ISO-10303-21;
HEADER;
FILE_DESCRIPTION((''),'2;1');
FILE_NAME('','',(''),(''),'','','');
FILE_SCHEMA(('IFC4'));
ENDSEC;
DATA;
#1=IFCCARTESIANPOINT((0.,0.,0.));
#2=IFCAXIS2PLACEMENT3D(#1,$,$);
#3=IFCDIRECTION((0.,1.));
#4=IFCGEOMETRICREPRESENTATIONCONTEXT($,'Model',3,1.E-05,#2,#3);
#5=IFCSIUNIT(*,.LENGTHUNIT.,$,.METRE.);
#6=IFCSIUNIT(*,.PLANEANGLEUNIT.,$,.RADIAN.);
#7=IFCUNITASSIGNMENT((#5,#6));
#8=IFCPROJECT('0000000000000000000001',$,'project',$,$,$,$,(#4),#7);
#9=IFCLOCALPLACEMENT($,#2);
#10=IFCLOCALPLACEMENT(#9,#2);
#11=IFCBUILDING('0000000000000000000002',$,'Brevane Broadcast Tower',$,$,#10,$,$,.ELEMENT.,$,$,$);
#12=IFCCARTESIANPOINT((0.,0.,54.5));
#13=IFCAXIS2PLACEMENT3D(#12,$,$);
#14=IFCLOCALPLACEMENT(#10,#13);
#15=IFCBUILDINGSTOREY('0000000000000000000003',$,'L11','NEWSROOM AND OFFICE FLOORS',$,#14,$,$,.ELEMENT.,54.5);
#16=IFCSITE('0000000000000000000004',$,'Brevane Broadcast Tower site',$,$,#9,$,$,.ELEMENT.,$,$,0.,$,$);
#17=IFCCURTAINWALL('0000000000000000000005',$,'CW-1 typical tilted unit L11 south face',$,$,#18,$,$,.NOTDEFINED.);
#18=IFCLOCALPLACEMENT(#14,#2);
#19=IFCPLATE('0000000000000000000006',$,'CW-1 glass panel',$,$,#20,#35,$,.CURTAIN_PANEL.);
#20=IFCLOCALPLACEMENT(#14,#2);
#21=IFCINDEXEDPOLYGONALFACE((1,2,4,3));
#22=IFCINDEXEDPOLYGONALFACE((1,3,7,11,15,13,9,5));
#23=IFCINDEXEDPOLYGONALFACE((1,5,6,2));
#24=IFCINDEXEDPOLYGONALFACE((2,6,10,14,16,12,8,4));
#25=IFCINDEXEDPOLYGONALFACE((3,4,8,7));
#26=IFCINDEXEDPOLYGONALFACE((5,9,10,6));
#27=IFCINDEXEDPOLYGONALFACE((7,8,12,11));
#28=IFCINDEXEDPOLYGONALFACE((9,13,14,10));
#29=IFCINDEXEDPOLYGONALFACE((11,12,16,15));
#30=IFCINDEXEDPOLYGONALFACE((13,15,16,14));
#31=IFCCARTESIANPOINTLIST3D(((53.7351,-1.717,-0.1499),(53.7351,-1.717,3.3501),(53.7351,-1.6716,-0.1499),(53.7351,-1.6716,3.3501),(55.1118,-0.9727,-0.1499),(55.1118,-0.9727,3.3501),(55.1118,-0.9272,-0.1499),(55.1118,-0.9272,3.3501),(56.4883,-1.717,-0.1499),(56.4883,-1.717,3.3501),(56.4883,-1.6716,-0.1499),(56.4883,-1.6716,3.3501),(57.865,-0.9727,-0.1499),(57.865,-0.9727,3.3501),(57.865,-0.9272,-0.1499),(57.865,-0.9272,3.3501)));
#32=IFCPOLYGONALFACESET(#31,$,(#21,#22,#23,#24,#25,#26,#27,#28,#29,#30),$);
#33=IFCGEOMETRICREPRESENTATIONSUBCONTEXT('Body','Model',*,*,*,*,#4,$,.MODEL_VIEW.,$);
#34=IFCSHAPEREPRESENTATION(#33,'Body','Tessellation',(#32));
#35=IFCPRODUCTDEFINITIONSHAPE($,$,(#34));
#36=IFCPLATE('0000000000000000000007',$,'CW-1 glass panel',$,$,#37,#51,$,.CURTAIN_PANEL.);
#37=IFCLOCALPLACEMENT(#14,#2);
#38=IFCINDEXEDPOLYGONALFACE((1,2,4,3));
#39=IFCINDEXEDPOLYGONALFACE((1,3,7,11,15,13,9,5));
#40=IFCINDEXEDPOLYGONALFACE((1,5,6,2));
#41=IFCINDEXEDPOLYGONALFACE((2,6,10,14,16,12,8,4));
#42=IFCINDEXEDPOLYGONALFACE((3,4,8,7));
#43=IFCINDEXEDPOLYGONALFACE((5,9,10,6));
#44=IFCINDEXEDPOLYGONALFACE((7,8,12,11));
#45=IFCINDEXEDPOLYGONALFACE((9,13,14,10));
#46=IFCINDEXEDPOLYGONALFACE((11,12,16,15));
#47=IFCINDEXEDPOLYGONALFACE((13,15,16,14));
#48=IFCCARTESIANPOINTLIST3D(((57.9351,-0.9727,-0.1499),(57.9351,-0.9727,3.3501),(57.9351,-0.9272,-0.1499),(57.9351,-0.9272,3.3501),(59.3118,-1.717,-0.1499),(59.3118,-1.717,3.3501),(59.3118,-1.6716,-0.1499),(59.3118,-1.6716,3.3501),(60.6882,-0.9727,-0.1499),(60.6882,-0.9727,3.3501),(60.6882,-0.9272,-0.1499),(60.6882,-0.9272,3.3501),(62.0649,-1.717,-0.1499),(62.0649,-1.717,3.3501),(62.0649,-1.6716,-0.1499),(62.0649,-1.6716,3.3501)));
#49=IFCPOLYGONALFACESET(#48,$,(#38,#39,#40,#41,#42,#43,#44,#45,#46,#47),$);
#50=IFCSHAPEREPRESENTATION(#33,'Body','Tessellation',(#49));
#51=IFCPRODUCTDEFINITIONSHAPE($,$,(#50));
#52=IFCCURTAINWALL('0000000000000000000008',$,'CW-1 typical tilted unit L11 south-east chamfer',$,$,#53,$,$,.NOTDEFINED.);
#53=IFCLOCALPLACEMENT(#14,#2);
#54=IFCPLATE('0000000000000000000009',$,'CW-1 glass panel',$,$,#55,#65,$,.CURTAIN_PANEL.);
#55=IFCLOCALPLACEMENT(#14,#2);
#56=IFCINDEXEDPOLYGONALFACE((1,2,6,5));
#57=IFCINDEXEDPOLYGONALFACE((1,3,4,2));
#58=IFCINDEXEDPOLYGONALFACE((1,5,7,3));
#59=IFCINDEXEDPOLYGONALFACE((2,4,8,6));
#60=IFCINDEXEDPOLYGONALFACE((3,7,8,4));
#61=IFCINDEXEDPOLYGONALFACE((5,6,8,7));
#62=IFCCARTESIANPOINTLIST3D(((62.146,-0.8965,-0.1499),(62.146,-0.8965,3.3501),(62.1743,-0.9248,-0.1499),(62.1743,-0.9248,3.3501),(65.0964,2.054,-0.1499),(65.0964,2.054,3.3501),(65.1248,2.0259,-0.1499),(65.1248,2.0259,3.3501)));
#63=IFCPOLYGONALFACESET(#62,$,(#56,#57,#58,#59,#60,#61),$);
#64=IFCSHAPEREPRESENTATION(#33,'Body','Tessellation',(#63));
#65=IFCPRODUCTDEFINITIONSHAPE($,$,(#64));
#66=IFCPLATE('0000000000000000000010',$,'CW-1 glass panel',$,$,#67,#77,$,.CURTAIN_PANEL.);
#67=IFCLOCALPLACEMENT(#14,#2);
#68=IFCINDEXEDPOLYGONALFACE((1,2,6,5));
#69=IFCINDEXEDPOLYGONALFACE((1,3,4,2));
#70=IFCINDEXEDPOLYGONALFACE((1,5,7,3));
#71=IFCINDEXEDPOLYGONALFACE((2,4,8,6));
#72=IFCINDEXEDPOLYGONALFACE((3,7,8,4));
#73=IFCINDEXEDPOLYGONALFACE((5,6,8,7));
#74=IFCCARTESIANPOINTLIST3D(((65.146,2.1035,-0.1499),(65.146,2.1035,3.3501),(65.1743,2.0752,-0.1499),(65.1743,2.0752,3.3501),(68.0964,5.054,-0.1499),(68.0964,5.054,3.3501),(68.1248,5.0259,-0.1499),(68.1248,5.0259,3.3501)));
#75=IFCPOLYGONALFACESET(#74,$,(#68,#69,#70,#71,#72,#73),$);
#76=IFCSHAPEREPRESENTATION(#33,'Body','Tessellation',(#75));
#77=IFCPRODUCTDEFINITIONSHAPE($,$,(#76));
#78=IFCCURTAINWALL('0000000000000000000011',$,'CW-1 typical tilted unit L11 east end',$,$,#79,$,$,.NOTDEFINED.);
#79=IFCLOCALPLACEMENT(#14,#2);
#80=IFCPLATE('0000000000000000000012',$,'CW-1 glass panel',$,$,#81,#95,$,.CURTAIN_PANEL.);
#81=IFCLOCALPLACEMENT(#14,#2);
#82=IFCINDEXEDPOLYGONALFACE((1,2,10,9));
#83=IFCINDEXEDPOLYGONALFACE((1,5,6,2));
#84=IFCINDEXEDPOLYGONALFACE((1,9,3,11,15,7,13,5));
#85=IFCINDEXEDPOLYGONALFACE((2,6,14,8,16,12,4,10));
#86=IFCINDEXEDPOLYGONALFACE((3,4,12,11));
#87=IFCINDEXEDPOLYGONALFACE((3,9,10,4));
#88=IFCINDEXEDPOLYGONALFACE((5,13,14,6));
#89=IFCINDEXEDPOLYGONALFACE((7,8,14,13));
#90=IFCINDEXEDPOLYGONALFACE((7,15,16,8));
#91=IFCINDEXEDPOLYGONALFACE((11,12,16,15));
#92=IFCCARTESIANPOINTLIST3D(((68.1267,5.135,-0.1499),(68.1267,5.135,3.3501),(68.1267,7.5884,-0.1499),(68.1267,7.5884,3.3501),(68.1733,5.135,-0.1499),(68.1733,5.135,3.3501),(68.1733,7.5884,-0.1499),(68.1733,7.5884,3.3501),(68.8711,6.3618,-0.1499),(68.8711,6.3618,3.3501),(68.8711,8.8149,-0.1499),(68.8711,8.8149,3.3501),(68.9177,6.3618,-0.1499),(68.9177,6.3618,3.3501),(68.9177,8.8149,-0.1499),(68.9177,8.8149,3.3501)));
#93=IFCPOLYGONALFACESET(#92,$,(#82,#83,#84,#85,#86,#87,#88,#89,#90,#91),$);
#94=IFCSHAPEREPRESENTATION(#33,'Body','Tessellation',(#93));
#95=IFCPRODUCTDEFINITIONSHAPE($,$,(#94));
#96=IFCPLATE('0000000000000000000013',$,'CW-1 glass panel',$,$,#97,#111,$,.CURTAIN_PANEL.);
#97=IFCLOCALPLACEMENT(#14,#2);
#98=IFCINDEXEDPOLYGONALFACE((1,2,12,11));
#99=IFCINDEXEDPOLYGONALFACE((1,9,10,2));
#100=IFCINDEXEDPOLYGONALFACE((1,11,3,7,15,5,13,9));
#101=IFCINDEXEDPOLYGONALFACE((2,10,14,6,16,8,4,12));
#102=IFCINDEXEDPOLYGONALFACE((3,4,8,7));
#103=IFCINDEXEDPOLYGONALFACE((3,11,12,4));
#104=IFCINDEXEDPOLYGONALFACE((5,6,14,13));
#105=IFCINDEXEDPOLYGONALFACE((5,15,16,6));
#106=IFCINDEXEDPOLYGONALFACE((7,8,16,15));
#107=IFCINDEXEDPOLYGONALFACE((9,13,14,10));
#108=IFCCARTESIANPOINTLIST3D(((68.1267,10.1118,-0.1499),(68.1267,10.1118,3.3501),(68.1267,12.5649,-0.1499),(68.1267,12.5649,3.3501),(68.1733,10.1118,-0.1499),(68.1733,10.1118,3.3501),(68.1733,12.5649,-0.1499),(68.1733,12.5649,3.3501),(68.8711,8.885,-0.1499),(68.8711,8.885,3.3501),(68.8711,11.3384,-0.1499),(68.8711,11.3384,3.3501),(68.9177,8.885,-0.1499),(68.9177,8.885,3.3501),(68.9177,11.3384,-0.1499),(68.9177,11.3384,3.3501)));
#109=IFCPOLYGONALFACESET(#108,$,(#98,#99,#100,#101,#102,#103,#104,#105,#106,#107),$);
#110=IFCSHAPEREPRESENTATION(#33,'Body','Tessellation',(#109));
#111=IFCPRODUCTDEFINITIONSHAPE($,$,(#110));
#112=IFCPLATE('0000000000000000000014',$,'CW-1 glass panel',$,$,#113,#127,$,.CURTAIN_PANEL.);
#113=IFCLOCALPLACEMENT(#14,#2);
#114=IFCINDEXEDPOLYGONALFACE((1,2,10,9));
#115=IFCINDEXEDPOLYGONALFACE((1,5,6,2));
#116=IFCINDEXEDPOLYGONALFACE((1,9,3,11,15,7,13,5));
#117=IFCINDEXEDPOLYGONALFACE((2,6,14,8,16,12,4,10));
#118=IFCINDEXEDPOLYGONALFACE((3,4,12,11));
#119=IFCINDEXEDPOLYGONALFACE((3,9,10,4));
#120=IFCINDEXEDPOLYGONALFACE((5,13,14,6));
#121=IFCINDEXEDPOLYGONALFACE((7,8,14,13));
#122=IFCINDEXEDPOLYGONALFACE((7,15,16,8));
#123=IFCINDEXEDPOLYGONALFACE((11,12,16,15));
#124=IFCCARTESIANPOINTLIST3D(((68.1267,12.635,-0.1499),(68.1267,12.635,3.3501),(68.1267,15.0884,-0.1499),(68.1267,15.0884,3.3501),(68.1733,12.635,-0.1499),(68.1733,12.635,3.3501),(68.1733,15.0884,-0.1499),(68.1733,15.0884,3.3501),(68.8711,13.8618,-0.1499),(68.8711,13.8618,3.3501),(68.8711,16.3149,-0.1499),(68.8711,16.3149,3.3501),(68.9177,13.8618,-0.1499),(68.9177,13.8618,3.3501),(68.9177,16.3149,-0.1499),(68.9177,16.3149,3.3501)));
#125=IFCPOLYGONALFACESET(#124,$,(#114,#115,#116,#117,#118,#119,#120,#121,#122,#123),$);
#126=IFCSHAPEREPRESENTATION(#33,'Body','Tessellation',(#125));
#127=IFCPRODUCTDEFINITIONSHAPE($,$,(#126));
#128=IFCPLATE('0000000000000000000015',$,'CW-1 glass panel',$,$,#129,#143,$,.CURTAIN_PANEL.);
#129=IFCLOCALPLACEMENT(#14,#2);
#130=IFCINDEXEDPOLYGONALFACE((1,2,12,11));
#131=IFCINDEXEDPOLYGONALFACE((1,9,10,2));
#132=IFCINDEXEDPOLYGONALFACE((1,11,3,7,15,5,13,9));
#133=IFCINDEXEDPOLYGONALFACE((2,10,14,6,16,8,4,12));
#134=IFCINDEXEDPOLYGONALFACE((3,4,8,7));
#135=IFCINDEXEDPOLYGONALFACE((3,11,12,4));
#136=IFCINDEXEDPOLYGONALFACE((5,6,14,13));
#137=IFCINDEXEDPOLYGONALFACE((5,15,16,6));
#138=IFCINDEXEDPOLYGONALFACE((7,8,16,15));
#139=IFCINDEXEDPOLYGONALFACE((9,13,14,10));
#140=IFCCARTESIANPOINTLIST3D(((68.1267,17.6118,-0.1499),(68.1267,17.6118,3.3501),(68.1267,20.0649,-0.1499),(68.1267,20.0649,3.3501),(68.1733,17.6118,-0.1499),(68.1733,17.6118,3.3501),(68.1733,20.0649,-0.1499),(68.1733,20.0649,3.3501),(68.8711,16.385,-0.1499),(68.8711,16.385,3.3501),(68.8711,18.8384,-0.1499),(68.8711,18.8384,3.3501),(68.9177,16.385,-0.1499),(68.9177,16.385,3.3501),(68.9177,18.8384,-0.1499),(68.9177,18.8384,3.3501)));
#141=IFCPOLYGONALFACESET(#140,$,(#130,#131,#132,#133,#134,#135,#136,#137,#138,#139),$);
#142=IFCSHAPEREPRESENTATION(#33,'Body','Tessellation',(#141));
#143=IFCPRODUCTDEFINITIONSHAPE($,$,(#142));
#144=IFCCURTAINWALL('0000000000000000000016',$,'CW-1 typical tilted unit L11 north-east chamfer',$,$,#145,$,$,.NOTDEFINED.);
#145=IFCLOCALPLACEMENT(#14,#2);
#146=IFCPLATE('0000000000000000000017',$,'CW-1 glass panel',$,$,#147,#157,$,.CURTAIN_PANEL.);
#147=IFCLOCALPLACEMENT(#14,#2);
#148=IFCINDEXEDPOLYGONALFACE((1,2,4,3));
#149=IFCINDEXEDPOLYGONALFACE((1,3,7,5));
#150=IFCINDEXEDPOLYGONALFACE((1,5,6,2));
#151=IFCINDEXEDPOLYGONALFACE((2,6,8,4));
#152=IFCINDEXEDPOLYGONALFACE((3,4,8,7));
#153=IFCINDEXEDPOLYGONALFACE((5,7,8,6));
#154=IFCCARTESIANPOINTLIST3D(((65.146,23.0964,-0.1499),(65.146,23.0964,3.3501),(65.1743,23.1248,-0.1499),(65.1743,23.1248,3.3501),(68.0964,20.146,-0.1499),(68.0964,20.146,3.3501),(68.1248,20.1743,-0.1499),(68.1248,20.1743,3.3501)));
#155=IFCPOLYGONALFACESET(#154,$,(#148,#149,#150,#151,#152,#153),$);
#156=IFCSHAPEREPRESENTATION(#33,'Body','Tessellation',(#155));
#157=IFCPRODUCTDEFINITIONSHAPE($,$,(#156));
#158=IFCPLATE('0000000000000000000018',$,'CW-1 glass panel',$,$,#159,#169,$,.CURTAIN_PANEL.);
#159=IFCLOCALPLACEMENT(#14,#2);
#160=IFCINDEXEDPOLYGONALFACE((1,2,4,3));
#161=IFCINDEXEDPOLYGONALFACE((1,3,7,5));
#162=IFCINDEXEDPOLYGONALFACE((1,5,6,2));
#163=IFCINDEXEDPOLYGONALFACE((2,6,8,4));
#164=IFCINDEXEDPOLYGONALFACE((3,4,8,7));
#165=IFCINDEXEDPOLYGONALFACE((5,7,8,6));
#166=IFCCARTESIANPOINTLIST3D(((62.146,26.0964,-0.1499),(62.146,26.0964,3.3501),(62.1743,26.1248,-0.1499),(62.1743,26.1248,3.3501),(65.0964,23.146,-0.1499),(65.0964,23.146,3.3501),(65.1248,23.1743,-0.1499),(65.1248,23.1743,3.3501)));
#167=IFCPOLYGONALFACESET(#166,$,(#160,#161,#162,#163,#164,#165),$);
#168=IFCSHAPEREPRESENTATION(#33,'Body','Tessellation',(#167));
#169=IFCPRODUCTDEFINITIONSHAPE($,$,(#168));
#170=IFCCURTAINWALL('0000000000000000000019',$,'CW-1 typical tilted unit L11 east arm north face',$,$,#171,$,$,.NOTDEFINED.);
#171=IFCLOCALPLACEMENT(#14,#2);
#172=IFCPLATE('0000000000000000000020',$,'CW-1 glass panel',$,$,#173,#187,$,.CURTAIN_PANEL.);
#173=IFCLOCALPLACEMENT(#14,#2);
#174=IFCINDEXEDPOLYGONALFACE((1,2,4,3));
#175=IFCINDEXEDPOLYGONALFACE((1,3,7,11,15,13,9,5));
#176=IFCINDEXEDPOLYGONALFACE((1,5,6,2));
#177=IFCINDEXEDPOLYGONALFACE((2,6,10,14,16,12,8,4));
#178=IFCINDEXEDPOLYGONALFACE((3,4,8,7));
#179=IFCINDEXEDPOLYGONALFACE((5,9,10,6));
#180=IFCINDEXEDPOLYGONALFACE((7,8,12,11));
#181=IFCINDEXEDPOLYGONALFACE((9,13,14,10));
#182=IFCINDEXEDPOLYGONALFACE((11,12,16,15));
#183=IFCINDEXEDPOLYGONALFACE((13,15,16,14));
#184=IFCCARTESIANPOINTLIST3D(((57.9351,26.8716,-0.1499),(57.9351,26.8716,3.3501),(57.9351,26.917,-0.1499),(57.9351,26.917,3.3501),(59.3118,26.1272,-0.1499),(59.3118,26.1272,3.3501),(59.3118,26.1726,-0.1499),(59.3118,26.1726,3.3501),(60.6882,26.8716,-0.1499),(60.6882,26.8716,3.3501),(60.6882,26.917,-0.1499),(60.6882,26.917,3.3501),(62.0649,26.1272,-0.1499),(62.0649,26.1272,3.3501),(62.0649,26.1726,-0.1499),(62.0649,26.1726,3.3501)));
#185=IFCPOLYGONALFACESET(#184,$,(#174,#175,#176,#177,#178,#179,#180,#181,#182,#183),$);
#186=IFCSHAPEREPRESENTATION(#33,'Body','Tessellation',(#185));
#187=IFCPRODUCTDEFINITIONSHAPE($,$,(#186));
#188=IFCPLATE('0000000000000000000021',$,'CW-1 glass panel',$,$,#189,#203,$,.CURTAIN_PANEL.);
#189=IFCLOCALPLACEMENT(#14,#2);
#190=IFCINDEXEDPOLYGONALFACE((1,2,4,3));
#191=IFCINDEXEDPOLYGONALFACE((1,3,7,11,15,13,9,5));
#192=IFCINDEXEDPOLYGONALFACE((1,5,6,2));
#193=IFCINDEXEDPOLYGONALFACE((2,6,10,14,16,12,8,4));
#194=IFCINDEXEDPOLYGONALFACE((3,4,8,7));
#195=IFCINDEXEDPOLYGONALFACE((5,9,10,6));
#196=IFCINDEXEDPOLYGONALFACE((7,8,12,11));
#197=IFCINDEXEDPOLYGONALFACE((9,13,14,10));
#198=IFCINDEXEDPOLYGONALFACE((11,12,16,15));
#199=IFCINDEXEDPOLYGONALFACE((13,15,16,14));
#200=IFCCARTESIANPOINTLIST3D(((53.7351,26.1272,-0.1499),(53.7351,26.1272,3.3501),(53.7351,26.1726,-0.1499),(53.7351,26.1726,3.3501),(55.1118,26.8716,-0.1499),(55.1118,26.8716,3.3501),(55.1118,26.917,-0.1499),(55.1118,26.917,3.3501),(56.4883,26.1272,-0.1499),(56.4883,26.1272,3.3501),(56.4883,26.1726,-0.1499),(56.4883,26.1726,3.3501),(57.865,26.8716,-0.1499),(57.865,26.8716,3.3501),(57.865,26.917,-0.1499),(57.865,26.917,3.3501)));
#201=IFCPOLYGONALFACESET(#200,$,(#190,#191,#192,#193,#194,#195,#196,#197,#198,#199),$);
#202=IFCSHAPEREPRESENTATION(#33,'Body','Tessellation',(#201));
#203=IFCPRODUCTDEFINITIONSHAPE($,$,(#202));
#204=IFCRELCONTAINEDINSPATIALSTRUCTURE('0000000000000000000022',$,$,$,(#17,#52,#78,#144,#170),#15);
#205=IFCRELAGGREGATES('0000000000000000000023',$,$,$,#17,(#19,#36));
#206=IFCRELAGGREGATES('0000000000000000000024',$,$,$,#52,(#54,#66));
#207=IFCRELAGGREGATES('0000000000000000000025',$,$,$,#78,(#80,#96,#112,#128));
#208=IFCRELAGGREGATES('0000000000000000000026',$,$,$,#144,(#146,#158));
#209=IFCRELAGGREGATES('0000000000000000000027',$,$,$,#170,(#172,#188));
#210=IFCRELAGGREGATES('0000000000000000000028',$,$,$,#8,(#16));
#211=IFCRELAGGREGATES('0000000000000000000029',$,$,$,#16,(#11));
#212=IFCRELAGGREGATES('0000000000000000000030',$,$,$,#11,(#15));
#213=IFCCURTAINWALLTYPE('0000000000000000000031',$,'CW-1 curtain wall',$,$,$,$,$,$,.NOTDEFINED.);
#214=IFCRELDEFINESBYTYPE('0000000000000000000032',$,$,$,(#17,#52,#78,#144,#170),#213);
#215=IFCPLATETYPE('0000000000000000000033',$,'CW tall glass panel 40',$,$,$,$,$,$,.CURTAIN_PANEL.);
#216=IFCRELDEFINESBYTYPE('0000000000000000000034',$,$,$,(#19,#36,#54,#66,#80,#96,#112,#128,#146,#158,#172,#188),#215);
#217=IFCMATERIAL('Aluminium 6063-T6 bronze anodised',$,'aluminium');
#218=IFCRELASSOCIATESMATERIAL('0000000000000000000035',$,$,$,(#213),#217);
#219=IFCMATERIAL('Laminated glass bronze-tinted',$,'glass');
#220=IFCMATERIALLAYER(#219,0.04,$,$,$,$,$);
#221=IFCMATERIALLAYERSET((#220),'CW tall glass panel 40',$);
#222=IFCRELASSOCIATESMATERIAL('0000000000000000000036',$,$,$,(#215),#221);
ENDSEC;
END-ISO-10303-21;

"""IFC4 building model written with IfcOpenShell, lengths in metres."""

from ifc_helpers import new_model, si_unit, direction, frame, origin, place, context, subcontext, project, spatial, polyline, outline, extrude, material, layer, layer_set, type_object, element, aggregate, save


model = new_model("IFC4")

# Units and contexts
model_context = context("Model", 3, precision=1e-05, world=origin(), true_north=direction((0.0, 1.0)))
body_context = subcontext(model_context, "Body", "Model", "MODEL_VIEW")
ifc_project = project(units=[si_unit("LENGTHUNIT", "METRE"), si_unit("PLANEANGLEUNIT", "RADIAN")], contexts=[model_context])

# Site, building, storey
site_placement = place(None, origin())
site = spatial("IfcSite", under=ifc_project, at=site_placement, Name="Brevane Broadcast Tower site", CompositionType="ELEMENT", RefElevation=0.0)
building_placement = place(site_placement, origin())
building = spatial("IfcBuilding", under=site, at=building_placement, Name="Brevane Broadcast Tower", CompositionType="ELEMENT")
storey_placement = place(building_placement, frame((0.0, 0.0, 54.5)))
storey = spatial("IfcBuildingStorey", under=building, at=storey_placement, Name="L11", Description="NEWSROOM AND OFFICE FLOORS", CompositionType="ELEMENT", Elevation=54.5)

# Curtain walls, plates
ifc_material_1 = material(Name="Aluminium 6063-T6 bronze anodised", Category="aluminium")
curtain_wall_type = type_object("IfcCurtainWallType", Name="CW-1 curtain wall", PredefinedType="NOTDEFINED", material=ifc_material_1)
curtain_wall_1_placement = place(storey_placement, origin())
curtain_wall_1 = element("IfcCurtainWall", 1, at=curtain_wall_1_placement, inside=storey, type_object=curtain_wall_type, Name="CW-1 typical tilted unit L11 south face", PredefinedType="NOTDEFINED")
ifc_material_2 = material(Name="Laminated glass bronze-tinted", Category="glass")
ifc_layer = layer(ifc_material_2, 0.04)
ifc_layer_set = layer_set([ifc_layer], Name="CW tall glass panel 40")
plate_type = type_object("IfcPlateType", Name="CW tall glass panel 40", PredefinedType="CURTAIN_PANEL", material=ifc_layer_set)
plate_1_placement = place(storey_placement, frame((0.0, 0.0, -0.1499)))
plate_1 = element("IfcPlate", 2, at=plate_1_placement, type_object=plate_type, Name="CW-1 glass panel", PredefinedType="CURTAIN_PANEL", context=body_context, shape_type="SweptSolid", body=[
    extrude(outline(polyline([(53.7351, -1.6716), (53.7351, -1.717), (55.1118, -0.9727), (56.4883, -1.717), (57.865, -0.9727), (57.865, -0.9272), (56.4883, -1.6716), (55.1118, -0.9272), (53.7351, -1.6716)])), origin(), (0.0, 0.0, 1.0), 3.5),
])
plate_2_placement = place(storey_placement, frame((0.0, 0.0, -0.1499)))
plate_2 = element("IfcPlate", 3, at=plate_2_placement, type_object=plate_type, Name="CW-1 glass panel", PredefinedType="CURTAIN_PANEL", context=body_context, shape_type="SweptSolid", body=[
    extrude(outline(polyline([(57.9351, -0.9272), (57.9351, -0.9727), (59.3118, -1.717), (60.6882, -0.9727), (62.0649, -1.717), (62.0649, -1.6716), (60.6882, -0.9272), (59.3118, -1.6716), (57.9351, -0.9272)])), origin(), (0.0, 0.0, 1.0), 3.5),
])
aggregate(curtain_wall_1, [plate_1, plate_2])
curtain_wall_2_placement = place(storey_placement, origin())
curtain_wall_2 = element("IfcCurtainWall", 4, at=curtain_wall_2_placement, inside=storey, type_object=curtain_wall_type, Name="CW-1 typical tilted unit L11 south-east chamfer", PredefinedType="NOTDEFINED")
plate_3_placement = place(storey_placement, frame((0.0, 0.0, -0.1499)))
plate_3 = element("IfcPlate", 5, at=plate_3_placement, type_object=plate_type, Name="CW-1 glass panel", PredefinedType="CURTAIN_PANEL", context=body_context, shape_type="SweptSolid", body=[
    extrude(outline(polyline([(62.146, -0.8965), (65.0964, 2.054), (65.1248, 2.0259), (62.1743, -0.9248), (62.146, -0.8965)])), origin(), (0.0, 0.0, 1.0), 3.5),
])
plate_4_placement = place(storey_placement, frame((0.0, 0.0, -0.1499)))
plate_4 = element("IfcPlate", 6, at=plate_4_placement, type_object=plate_type, Name="CW-1 glass panel", PredefinedType="CURTAIN_PANEL", context=body_context, shape_type="SweptSolid", body=[
    extrude(outline(polyline([(65.146, 2.1035), (68.0964, 5.054), (68.1248, 5.0259), (65.1743, 2.0752), (65.146, 2.1035)])), origin(), (0.0, 0.0, 1.0), 3.5),
])
aggregate(curtain_wall_2, [plate_3, plate_4])
curtain_wall_3_placement = place(storey_placement, origin())
curtain_wall_3 = element("IfcCurtainWall", 7, at=curtain_wall_3_placement, inside=storey, type_object=curtain_wall_type, Name="CW-1 typical tilted unit L11 east end", PredefinedType="NOTDEFINED")
plate_5_placement = place(storey_placement, frame((0.0, 0.0, -0.1499)))
plate_5 = element("IfcPlate", 8, at=plate_5_placement, type_object=plate_type, Name="CW-1 glass panel", PredefinedType="CURTAIN_PANEL", context=body_context, shape_type="SweptSolid", body=[
    extrude(outline(polyline([(68.1267, 5.135), (68.1733, 5.135), (68.9177, 6.3618), (68.1733, 7.5884), (68.9177, 8.8149), (68.8711, 8.8149), (68.1267, 7.5884), (68.8711, 6.3618), (68.1267, 5.135)])), origin(), (0.0, 0.0, 1.0), 3.5),
])
plate_6_placement = place(storey_placement, frame((0.0, 0.0, -0.1499)))
plate_6 = element("IfcPlate", 9, at=plate_6_placement, type_object=plate_type, Name="CW-1 glass panel", PredefinedType="CURTAIN_PANEL", context=body_context, shape_type="SweptSolid", body=[
    extrude(outline(polyline([(68.8711, 8.885), (68.9177, 8.885), (68.1733, 10.1118), (68.9177, 11.3384), (68.1733, 12.5649), (68.1267, 12.5649), (68.8711, 11.3384), (68.1267, 10.1118), (68.8711, 8.885)])), origin(), (0.0, 0.0, 1.0), 3.5),
])
plate_7_placement = place(storey_placement, frame((0.0, 0.0, -0.1499)))
plate_7 = element("IfcPlate", 10, at=plate_7_placement, type_object=plate_type, Name="CW-1 glass panel", PredefinedType="CURTAIN_PANEL", context=body_context, shape_type="SweptSolid", body=[
    extrude(outline(polyline([(68.1267, 12.635), (68.1733, 12.635), (68.9177, 13.8618), (68.1733, 15.0884), (68.9177, 16.3149), (68.8711, 16.3149), (68.1267, 15.0884), (68.8711, 13.8618), (68.1267, 12.635)])), origin(), (0.0, 0.0, 1.0), 3.5),
])
plate_8_placement = place(storey_placement, frame((0.0, 0.0, -0.1499)))
plate_8 = element("IfcPlate", 11, at=plate_8_placement, type_object=plate_type, Name="CW-1 glass panel", PredefinedType="CURTAIN_PANEL", context=body_context, shape_type="SweptSolid", body=[
    extrude(outline(polyline([(68.8711, 16.385), (68.9177, 16.385), (68.1733, 17.6118), (68.9177, 18.8384), (68.1733, 20.0649), (68.1267, 20.0649), (68.8711, 18.8384), (68.1267, 17.6118), (68.8711, 16.385)])), origin(), (0.0, 0.0, 1.0), 3.5),
])
aggregate(curtain_wall_3, [plate_5, plate_6, plate_7, plate_8])
curtain_wall_4_placement = place(storey_placement, origin())
curtain_wall_4 = element("IfcCurtainWall", 12, at=curtain_wall_4_placement, inside=storey, type_object=curtain_wall_type, Name="CW-1 typical tilted unit L11 north-east chamfer", PredefinedType="NOTDEFINED")
plate_9_placement = place(storey_placement, frame((0.0, 0.0, -0.1499)))
plate_9 = element("IfcPlate", 13, at=plate_9_placement, type_object=plate_type, Name="CW-1 glass panel", PredefinedType="CURTAIN_PANEL", context=body_context, shape_type="SweptSolid", body=[
    extrude(outline(polyline([(68.0964, 20.146), (65.146, 23.0964), (65.1743, 23.1248), (68.1248, 20.1743), (68.0964, 20.146)])), origin(), (0.0, 0.0, 1.0), 3.5),
])
plate_10_placement = place(storey_placement, frame((0.0, 0.0, -0.1499)))
plate_10 = element("IfcPlate", 14, at=plate_10_placement, type_object=plate_type, Name="CW-1 glass panel", PredefinedType="CURTAIN_PANEL", context=body_context, shape_type="SweptSolid", body=[
    extrude(outline(polyline([(65.0964, 23.146), (62.146, 26.0964), (62.1743, 26.1248), (65.1248, 23.1743), (65.0964, 23.146)])), origin(), (0.0, 0.0, 1.0), 3.5),
])
aggregate(curtain_wall_4, [plate_9, plate_10])
curtain_wall_5_placement = place(storey_placement, origin())
curtain_wall_5 = element("IfcCurtainWall", 15, at=curtain_wall_5_placement, inside=storey, type_object=curtain_wall_type, Name="CW-1 typical tilted unit L11 east arm north face", PredefinedType="NOTDEFINED")
plate_11_placement = place(storey_placement, frame((0.0, 0.0, -0.1499)))
plate_11 = element("IfcPlate", 16, at=plate_11_placement, type_object=plate_type, Name="CW-1 glass panel", PredefinedType="CURTAIN_PANEL", context=body_context, shape_type="SweptSolid", body=[
    extrude(outline(polyline([(62.0649, 26.1272), (62.0649, 26.1726), (60.6882, 26.917), (59.3118, 26.1726), (57.9351, 26.917), (57.9351, 26.8716), (59.3118, 26.1272), (60.6882, 26.8716), (62.0649, 26.1272)])), origin(), (0.0, 0.0, 1.0), 3.5),
])
plate_12_placement = place(storey_placement, frame((0.0, 0.0, -0.1499)))
plate_12 = element("IfcPlate", 17, at=plate_12_placement, type_object=plate_type, Name="CW-1 glass panel", PredefinedType="CURTAIN_PANEL", context=body_context, shape_type="SweptSolid", body=[
    extrude(outline(polyline([(57.865, 26.8716), (57.865, 26.917), (56.4883, 26.1726), (55.1118, 26.917), (53.7351, 26.1726), (53.7351, 26.1272), (55.1118, 26.8716), (56.4883, 26.1272), (57.865, 26.8716)])), origin(), (0.0, 0.0, 1.0), 3.5),
])
aggregate(curtain_wall_5, [plate_11, plate_12])

save(model, "model.ifc")
